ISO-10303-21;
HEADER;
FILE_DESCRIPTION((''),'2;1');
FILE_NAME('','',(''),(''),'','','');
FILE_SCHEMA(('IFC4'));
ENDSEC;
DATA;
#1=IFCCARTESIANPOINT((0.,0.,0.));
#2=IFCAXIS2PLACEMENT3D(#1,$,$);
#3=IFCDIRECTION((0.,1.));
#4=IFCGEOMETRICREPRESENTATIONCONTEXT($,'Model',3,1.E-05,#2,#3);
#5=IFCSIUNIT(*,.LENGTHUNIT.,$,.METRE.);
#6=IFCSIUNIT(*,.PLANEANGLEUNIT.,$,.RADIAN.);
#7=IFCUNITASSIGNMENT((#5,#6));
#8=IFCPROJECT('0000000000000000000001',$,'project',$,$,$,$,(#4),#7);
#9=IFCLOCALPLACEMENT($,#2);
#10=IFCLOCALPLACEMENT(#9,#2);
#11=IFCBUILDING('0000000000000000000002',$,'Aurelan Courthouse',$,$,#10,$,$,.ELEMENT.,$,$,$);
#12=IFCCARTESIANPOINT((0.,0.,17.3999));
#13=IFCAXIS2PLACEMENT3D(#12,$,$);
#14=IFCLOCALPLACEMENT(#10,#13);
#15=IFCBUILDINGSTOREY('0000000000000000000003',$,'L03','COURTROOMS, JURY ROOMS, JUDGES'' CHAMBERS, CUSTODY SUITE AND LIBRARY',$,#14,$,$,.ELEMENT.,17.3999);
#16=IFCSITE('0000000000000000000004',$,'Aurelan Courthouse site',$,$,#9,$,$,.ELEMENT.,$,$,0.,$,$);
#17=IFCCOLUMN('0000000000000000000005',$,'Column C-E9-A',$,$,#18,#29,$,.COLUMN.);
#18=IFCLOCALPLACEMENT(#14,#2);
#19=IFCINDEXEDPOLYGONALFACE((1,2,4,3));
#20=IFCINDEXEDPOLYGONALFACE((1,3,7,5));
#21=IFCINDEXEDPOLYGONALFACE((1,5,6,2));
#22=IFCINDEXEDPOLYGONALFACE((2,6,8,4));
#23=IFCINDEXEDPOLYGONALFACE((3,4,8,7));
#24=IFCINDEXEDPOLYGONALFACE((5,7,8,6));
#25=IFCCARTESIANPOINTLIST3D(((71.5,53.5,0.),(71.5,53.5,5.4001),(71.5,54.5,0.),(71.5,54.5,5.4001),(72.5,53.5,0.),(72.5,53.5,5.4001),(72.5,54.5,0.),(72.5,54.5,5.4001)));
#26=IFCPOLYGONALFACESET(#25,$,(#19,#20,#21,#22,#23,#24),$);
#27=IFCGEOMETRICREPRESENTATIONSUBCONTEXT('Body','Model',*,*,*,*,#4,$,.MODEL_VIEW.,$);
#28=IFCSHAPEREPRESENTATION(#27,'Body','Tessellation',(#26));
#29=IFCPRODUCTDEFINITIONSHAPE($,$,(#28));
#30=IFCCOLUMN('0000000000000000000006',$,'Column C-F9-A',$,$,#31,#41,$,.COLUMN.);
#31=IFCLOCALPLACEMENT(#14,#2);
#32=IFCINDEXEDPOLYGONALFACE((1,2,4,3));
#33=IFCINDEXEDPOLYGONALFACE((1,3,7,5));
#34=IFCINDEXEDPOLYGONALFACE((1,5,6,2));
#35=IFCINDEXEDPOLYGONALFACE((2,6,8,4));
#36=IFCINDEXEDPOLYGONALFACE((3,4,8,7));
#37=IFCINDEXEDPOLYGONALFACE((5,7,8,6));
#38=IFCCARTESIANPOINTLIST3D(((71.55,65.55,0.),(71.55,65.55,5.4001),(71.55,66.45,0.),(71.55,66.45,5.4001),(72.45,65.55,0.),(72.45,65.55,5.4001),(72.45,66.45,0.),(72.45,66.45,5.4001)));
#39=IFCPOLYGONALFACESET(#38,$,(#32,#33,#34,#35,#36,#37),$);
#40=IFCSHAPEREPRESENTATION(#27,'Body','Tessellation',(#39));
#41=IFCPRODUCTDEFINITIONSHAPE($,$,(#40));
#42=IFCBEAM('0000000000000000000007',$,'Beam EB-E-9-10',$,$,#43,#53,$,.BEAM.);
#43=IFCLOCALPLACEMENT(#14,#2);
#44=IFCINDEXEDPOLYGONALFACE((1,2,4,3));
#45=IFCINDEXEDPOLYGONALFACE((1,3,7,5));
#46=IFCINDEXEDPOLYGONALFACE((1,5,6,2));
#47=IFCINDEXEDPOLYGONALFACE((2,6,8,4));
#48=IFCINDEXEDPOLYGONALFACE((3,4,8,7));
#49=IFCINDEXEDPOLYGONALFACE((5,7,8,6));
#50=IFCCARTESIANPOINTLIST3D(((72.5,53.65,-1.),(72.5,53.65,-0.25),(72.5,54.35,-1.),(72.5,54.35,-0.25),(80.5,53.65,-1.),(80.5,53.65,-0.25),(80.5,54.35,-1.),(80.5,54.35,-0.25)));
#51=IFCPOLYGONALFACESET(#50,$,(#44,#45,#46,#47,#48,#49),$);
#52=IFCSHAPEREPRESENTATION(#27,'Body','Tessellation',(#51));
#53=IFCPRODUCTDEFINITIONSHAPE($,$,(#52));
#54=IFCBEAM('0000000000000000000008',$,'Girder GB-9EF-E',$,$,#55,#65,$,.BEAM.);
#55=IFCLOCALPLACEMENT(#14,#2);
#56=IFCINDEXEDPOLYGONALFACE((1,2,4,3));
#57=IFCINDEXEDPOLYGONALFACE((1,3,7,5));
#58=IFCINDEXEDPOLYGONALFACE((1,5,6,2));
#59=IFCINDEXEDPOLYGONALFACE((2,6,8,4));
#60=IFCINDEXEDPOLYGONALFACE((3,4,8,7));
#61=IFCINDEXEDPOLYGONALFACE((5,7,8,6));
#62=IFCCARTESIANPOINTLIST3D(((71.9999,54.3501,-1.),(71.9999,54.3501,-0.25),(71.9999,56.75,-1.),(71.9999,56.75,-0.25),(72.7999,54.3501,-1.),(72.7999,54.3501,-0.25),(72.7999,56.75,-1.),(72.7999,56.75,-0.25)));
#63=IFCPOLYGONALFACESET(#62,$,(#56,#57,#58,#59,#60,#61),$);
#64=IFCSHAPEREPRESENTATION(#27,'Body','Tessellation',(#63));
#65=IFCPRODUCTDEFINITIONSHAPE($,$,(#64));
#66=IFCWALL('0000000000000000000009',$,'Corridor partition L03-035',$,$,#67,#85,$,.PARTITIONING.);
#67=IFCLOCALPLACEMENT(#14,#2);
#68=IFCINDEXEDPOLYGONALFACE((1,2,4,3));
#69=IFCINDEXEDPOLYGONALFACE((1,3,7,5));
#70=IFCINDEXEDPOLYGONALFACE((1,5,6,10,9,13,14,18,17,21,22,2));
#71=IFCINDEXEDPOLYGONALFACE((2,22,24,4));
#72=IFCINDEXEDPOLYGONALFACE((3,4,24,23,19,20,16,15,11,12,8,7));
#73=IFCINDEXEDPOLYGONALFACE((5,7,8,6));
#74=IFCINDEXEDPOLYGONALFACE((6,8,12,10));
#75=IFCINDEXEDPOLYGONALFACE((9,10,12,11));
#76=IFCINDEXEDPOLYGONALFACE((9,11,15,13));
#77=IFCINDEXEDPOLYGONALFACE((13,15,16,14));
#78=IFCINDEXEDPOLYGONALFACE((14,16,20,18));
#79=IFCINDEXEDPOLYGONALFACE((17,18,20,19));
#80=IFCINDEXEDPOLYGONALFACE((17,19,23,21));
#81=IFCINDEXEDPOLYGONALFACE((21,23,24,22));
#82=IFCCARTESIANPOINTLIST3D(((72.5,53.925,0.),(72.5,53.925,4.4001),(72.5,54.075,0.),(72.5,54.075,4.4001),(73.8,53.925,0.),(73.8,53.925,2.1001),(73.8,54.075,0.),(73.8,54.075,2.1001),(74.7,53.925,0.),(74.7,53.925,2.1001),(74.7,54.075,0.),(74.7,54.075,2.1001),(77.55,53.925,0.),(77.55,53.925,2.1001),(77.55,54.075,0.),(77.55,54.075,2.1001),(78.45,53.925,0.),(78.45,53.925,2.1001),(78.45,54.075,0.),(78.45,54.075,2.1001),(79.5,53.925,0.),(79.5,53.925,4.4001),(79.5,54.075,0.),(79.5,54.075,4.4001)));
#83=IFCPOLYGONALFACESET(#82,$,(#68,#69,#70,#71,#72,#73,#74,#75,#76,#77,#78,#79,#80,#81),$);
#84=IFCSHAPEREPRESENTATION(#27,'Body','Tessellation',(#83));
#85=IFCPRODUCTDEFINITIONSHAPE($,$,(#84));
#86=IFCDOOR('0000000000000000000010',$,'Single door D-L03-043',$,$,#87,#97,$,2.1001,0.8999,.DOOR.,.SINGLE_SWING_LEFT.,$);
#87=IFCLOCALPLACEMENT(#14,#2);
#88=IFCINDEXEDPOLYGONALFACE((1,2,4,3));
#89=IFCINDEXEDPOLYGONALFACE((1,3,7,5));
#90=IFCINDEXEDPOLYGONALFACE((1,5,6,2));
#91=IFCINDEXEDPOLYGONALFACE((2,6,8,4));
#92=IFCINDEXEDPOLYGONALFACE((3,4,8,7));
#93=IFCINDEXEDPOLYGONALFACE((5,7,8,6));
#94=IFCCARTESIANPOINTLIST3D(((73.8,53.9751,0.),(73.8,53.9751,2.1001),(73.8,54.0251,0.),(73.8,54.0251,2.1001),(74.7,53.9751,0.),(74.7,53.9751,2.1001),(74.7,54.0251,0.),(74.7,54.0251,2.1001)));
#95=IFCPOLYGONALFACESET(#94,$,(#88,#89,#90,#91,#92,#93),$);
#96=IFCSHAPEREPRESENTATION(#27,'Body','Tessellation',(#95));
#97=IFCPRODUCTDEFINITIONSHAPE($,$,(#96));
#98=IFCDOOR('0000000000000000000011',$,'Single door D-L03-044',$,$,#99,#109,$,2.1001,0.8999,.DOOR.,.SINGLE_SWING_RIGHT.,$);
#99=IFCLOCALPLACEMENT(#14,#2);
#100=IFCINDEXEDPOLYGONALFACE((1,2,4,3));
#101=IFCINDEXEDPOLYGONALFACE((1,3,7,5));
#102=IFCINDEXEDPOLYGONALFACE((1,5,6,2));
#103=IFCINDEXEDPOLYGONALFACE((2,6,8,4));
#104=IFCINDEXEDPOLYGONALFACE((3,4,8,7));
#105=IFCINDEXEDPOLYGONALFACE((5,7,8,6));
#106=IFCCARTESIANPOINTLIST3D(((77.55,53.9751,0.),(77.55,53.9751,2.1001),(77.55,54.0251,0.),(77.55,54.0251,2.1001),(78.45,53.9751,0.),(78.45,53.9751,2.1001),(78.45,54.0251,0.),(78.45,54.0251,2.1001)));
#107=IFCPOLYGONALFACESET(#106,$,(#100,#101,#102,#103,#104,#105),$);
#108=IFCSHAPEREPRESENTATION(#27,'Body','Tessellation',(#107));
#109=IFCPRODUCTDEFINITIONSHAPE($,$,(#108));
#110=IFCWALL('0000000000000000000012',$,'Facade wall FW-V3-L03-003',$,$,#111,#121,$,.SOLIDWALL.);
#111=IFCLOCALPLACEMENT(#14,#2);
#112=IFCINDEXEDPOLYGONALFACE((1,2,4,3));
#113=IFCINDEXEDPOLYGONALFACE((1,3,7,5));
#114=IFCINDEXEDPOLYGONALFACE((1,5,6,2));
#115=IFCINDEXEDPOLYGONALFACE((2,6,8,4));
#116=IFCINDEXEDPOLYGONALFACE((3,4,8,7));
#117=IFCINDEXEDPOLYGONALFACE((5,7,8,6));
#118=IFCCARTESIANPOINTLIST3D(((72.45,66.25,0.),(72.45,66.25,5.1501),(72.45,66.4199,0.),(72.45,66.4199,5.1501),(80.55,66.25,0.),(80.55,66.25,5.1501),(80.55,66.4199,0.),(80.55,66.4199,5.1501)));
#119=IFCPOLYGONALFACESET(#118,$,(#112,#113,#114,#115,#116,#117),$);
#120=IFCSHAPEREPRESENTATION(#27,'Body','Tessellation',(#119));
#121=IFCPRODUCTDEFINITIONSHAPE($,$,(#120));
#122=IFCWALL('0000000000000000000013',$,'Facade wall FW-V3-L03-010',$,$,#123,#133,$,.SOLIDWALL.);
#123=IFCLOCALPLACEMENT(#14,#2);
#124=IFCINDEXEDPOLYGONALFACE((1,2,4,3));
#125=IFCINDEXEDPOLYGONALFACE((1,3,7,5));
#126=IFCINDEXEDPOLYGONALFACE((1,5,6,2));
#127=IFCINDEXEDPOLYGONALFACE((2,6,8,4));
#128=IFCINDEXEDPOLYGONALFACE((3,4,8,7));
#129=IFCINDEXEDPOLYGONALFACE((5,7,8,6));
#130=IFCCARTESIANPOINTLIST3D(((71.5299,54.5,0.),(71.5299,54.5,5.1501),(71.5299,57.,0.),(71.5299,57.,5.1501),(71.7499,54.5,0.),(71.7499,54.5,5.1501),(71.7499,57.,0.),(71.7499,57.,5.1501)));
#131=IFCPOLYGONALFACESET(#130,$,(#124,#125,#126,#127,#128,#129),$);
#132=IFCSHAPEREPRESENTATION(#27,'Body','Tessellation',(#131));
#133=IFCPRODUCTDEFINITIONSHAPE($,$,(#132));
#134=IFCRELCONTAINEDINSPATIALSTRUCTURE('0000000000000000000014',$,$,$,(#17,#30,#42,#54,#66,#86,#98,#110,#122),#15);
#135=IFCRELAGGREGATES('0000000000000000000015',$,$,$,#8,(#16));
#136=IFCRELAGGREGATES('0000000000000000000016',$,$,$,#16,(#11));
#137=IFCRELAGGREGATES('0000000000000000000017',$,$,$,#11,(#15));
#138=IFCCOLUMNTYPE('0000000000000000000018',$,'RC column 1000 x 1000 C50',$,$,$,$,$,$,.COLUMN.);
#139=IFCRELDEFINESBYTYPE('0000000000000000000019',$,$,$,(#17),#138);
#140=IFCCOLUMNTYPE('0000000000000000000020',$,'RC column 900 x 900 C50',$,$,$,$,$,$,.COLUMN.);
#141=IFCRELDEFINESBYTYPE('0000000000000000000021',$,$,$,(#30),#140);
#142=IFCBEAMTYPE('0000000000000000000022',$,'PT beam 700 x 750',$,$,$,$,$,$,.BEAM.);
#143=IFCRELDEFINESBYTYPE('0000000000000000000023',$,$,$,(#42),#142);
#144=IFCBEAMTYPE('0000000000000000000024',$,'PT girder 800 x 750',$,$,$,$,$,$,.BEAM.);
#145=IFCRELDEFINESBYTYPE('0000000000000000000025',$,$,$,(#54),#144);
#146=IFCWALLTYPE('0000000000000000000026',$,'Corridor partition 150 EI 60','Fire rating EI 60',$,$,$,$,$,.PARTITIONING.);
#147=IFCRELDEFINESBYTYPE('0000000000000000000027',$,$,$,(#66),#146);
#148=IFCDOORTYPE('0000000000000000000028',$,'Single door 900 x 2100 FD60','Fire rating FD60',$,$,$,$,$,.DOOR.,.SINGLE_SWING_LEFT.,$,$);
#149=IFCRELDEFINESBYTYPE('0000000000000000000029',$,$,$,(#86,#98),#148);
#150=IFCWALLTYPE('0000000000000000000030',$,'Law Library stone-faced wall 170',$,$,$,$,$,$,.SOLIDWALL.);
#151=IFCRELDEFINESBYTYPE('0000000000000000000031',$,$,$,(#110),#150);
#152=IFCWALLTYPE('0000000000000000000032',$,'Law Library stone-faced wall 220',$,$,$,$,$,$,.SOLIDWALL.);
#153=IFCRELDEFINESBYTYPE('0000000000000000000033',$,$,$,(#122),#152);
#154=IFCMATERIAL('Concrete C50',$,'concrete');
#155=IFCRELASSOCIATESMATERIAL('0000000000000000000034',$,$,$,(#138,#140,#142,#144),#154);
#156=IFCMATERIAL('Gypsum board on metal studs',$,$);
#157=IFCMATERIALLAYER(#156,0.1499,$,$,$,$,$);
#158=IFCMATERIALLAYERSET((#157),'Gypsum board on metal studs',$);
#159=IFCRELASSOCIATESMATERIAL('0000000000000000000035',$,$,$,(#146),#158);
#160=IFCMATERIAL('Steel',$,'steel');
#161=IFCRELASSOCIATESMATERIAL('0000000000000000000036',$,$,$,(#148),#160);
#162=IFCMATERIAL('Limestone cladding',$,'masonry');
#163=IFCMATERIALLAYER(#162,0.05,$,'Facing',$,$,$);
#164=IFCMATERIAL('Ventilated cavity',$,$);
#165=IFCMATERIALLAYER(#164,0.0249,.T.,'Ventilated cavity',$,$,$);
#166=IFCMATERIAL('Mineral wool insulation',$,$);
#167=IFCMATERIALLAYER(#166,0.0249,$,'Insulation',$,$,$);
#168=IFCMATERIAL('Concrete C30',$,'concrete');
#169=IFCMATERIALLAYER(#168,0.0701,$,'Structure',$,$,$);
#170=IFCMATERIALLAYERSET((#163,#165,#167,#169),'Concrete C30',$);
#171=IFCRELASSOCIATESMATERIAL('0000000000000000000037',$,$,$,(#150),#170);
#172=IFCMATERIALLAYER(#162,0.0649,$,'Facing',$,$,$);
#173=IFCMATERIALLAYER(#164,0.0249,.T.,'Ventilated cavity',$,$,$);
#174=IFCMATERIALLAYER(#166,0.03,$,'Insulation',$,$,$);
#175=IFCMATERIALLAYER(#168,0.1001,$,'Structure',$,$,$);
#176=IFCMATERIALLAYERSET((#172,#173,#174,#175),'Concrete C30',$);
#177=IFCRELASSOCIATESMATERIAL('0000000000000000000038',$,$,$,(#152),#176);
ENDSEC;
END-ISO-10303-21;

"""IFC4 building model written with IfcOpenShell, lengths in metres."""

from ifc_helpers import new_model, si_unit, direction, frame, frame_2d, origin, origin_2d, place, context, subcontext, project, spatial, rectangle, extrude, material, layer, layer_set, material_profile, profile_set, type_object, element, fill, save


model = new_model("IFC4")

# Units and contexts
model_context = context("Model", 3, precision=1e-05, world=origin(), true_north=direction((0.0, 1.0)))
body_context = subcontext(model_context, "Body", "Model", "MODEL_VIEW")
ifc_project = project(units=[si_unit("LENGTHUNIT", "METRE"), si_unit("PLANEANGLEUNIT", "RADIAN")], contexts=[model_context])

# Site, building, storey
site_placement = place(None, origin())
site = spatial("IfcSite", under=ifc_project, at=site_placement, Name="Aurelan Courthouse site", CompositionType="ELEMENT", RefElevation=0.0)
building_placement = place(site_placement, origin())
building = spatial("IfcBuilding", under=site, at=building_placement, Name="Aurelan Courthouse", CompositionType="ELEMENT")
storey_placement = place(building_placement, frame((0.0, 0.0, 17.3999)))
storey = spatial("IfcBuildingStorey", under=building, at=storey_placement, Name="L03", Description="COURTROOMS, JURY ROOMS, JUDGES' CHAMBERS, CUSTODY SUITE AND LIBRARY", CompositionType="ELEMENT", Elevation=17.3999)

# Columns
ifc_material_1 = material(Name="Concrete C50", Category="concrete")
ifc_material_profile_1 = material_profile(ifc_material_1, rectangle(XDim=1.0, YDim=1.0, at=origin_2d()), Name="RC 1000 x 1000")
ifc_profile_set_1 = profile_set([ifc_material_profile_1], Name="Concrete C50")
column_type_1 = type_object("IfcColumnType", Name="RC column 1000 x 1000 C50", PredefinedType="COLUMN", material=ifc_profile_set_1)
column_1_placement = place(storey_placement, frame((72.0, 54.0, 0.0), z_axis=(0.0, 0.0, 1.0), x_axis=(1.0, 0.0, 0.0)))
element("IfcColumn", 1, at=column_1_placement, inside=storey, type_object=column_type_1, Name="Column C-E9-A", PredefinedType="COLUMN", context=body_context, shape_type="SweptSolid", body=[
    extrude(rectangle(XDim=1.0, YDim=1.0, at=origin_2d()), origin(), (0.0, 0.0, 1.0), 5.4001),
])
ifc_material_profile_2 = material_profile(ifc_material_1, rectangle(XDim=0.8999, YDim=0.8999, at=origin_2d()), Name="RC 900 x 900")
ifc_profile_set_2 = profile_set([ifc_material_profile_2], Name="Concrete C50")
column_type_2 = type_object("IfcColumnType", Name="RC column 900 x 900 C50", PredefinedType="COLUMN", material=ifc_profile_set_2)
column_2_placement = place(storey_placement, frame((72.0, 66.0, 0.0), z_axis=(0.0, 0.0, 1.0), x_axis=(1.0, 0.0, 0.0)))
element("IfcColumn", 2, at=column_2_placement, inside=storey, type_object=column_type_2, Name="Column C-F9-A", PredefinedType="COLUMN", context=body_context, shape_type="SweptSolid", body=[
    extrude(rectangle(XDim=0.8999, YDim=0.8999, at=origin_2d()), origin(), (0.0, 0.0, 1.0), 5.4001),
])

# Beams
ifc_material_profile_3 = material_profile(ifc_material_1, rectangle(XDim=0.7, YDim=0.75, at=origin_2d()), Name="RC 700 x 750")
ifc_profile_set_3 = profile_set([ifc_material_profile_3], Name="Concrete C50")
beam_type_1 = type_object("IfcBeamType", Name="PT beam 700 x 750", PredefinedType="BEAM", material=ifc_profile_set_3)
beam_1_placement = place(storey_placement, frame((72.5, 54.0, -0.625), z_axis=(1.0, 0.0, 0.0), x_axis=(0.0, 1.0, 0.0)))
element("IfcBeam", 3, at=beam_1_placement, inside=storey, type_object=beam_type_1, Name="Beam EB-E-9-10", PredefinedType="BEAM", context=body_context, shape_type="SweptSolid", body=[
    extrude(rectangle(XDim=0.7, YDim=0.75, at=origin_2d()), origin(), (0.0, 0.0, 1.0), 8.0),
])
ifc_material_profile_4 = material_profile(ifc_material_1, rectangle(XDim=0.8, YDim=0.75, at=origin_2d()), Name="RC 800 x 750")
ifc_profile_set_4 = profile_set([ifc_material_profile_4], Name="Concrete C50")
beam_type_2 = type_object("IfcBeamType", Name="PT girder 800 x 750", PredefinedType="BEAM", material=ifc_profile_set_4)
beam_2_placement = place(storey_placement, frame((72.3999, 54.3501, -0.625), z_axis=(0.0, 1.0, 0.0), x_axis=(-1.0, 0.0, 0.0)))
element("IfcBeam", 4, at=beam_2_placement, inside=storey, type_object=beam_type_2, Name="Girder GB-9EF-E", PredefinedType="BEAM", context=body_context, shape_type="SweptSolid", body=[
    extrude(rectangle(XDim=0.8, YDim=0.75, at=origin_2d()), origin(), (0.0, 0.0, 1.0), 2.3999),
])

# Wall, openings, doors
ifc_material_2 = material(Name="Gypsum board on metal studs")
ifc_layer_1 = layer(ifc_material_2, 0.1499)
ifc_layer_set_1 = layer_set([ifc_layer_1], Name="Gypsum board on metal studs")
wall_type_1 = type_object("IfcWallType", Name="Corridor partition 150 EI 60", Description="Fire rating EI 60", PredefinedType="PARTITIONING", material=ifc_layer_set_1)
wall_1_placement = place(storey_placement, frame((72.5, 54.0, 0.0), z_axis=(0.0, 0.0, 1.0), x_axis=(1.0, 0.0, 0.0)))
wall_1 = element("IfcWall", 5, at=wall_1_placement, inside=storey, type_object=wall_type_1, Name="Corridor partition L03-035", PredefinedType="PARTITIONING", context=body_context, shape_type="SweptSolid", body=[
    extrude(rectangle(XDim=7.0, YDim=0.1499, at=frame_2d((3.5, 0.0))), origin(), (0.0, 0.0, 1.0), 4.4001),
])
opening_1_placement = place(wall_1_placement, frame((2.2, 0.0, 0.0), z_axis=(0.0, 0.0, 1.0), x_axis=(-1.0, 0.0, 0.0)))
opening_1 = element("IfcOpeningElement", 6, at=opening_1_placement, cuts=wall_1, PredefinedType="OPENING", context=body_context, shape_type="SweptSolid", body=[
    extrude(rectangle(XDim=0.8999, YDim=2.1001, at=frame_2d((0.45, 1.05))), frame((0.0, 0.085, 0.0), z_axis=(0.0, -1.0, 0.0), x_axis=(1.0, 0.0, 0.0)), (0.0, 0.0, 1.0), 0.1699),
])
opening_2_placement = place(wall_1_placement, frame((5.95, 0.0, 0.0), z_axis=(0.0, 0.0, 1.0), x_axis=(-1.0, 0.0, 0.0)))
opening_2 = element("IfcOpeningElement", 7, at=opening_2_placement, cuts=wall_1, PredefinedType="OPENING", context=body_context, shape_type="SweptSolid", body=[
    extrude(rectangle(XDim=0.8999, YDim=2.1001, at=frame_2d((0.45, 1.05))), frame((0.0, 0.085, 0.0), z_axis=(0.0, -1.0, 0.0), x_axis=(1.0, 0.0, 0.0)), (0.0, 0.0, 1.0), 0.1699),
])
ifc_material_3 = material(Name="Steel", Category="steel")
door_type_1 = type_object("IfcDoorType", Name="Single door 900 x 2100 FD60", Description="Fire rating FD60", OperationType="SINGLE_SWING_LEFT", PredefinedType="DOOR", material=ifc_material_3)
door_1_placement = place(opening_1_placement, origin())
door_1 = element("IfcDoor", 8, at=door_1_placement, inside=storey, type_object=door_type_1, Name="Single door D-L03-043", OperationType="SINGLE_SWING_LEFT", OverallHeight=2.1001, OverallWidth=0.8999, PredefinedType="DOOR", context=body_context, shape_type="SweptSolid", body=[
    extrude(rectangle(XDim=0.8999, YDim=2.1001, at=frame_2d((0.45, 1.05))), frame((0.0, 0.0249, 0.0), z_axis=(0.0, -1.0, 0.0), x_axis=(1.0, 0.0, 0.0)), (0.0, 0.0, 1.0), 0.05),
])
fill(opening_1, door_1)
door_2_placement = place(opening_2_placement, origin())
door_2 = element("IfcDoor", 9, at=door_2_placement, inside=storey, type_object=door_type_1, Name="Single door D-L03-044", OperationType="SINGLE_SWING_RIGHT", OverallHeight=2.1001, OverallWidth=0.8999, PredefinedType="DOOR", context=body_context, shape_type="SweptSolid", body=[
    extrude(rectangle(XDim=0.8999, YDim=2.1001, at=frame_2d((0.45, 1.05))), frame((0.0, 0.0249, 0.0), z_axis=(0.0, -1.0, 0.0), x_axis=(1.0, 0.0, 0.0)), (0.0, 0.0, 1.0), 0.05),
])
fill(opening_2, door_2)

# Walls
ifc_material_4 = material(Name="Limestone cladding", Category="masonry")
ifc_layer_2 = layer(ifc_material_4, 0.05, Name="Facing")
ifc_material_5 = material(Name="Ventilated cavity")
ifc_layer_3 = layer(ifc_material_5, 0.0249, ventilated=True, Name="Ventilated cavity")
ifc_material_6 = material(Name="Mineral wool insulation")
ifc_layer_4 = layer(ifc_material_6, 0.0249, Name="Insulation")
ifc_material_7 = material(Name="Concrete C30", Category="concrete")
ifc_layer_5 = layer(ifc_material_7, 0.0701, Name="Structure")
ifc_layer_set_2 = layer_set([ifc_layer_2, ifc_layer_3, ifc_layer_4, ifc_layer_5], Name="Concrete C30")
wall_type_2 = type_object("IfcWallType", Name="Law Library stone-faced wall 170", PredefinedType="SOLIDWALL", material=ifc_layer_set_2)
wall_2_placement = place(storey_placement, frame((72.45, 66.335, 0.0), z_axis=(0.0, 0.0, 1.0), x_axis=(1.0, 0.0, 0.0)))
element("IfcWall", 10, at=wall_2_placement, inside=storey, type_object=wall_type_2, Name="Facade wall FW-V3-L03-003", PredefinedType="SOLIDWALL", context=body_context, shape_type="SweptSolid", body=[
    extrude(rectangle(XDim=8.1001, YDim=0.1699, at=frame_2d((4.05, 0.0))), origin(), (0.0, 0.0, 1.0), 5.1501),
])
ifc_layer_6 = layer(ifc_material_4, 0.0649, Name="Facing")
ifc_layer_7 = layer(ifc_material_5, 0.0249, ventilated=True, Name="Ventilated cavity")
ifc_layer_8 = layer(ifc_material_6, 0.03, Name="Insulation")
ifc_layer_9 = layer(ifc_material_7, 0.1001, Name="Structure")
ifc_layer_set_3 = layer_set([ifc_layer_6, ifc_layer_7, ifc_layer_8, ifc_layer_9], Name="Concrete C30")
wall_type_3 = type_object("IfcWallType", Name="Law Library stone-faced wall 220", PredefinedType="SOLIDWALL", material=ifc_layer_set_3)
wall_3_placement = place(storey_placement, frame((71.6399, 54.5, 0.0), z_axis=(0.0, 0.0, 1.0), x_axis=(0.0, 1.0, 0.0)))
element("IfcWall", 11, at=wall_3_placement, inside=storey, type_object=wall_type_3, Name="Facade wall FW-V3-L03-010", PredefinedType="SOLIDWALL", context=body_context, shape_type="SweptSolid", body=[
    extrude(rectangle(XDim=2.5, YDim=0.22, at=frame_2d((1.25, 0.0))), origin(), (0.0, 0.0, 1.0), 5.1501),
])

save(model, "model.ifc")
